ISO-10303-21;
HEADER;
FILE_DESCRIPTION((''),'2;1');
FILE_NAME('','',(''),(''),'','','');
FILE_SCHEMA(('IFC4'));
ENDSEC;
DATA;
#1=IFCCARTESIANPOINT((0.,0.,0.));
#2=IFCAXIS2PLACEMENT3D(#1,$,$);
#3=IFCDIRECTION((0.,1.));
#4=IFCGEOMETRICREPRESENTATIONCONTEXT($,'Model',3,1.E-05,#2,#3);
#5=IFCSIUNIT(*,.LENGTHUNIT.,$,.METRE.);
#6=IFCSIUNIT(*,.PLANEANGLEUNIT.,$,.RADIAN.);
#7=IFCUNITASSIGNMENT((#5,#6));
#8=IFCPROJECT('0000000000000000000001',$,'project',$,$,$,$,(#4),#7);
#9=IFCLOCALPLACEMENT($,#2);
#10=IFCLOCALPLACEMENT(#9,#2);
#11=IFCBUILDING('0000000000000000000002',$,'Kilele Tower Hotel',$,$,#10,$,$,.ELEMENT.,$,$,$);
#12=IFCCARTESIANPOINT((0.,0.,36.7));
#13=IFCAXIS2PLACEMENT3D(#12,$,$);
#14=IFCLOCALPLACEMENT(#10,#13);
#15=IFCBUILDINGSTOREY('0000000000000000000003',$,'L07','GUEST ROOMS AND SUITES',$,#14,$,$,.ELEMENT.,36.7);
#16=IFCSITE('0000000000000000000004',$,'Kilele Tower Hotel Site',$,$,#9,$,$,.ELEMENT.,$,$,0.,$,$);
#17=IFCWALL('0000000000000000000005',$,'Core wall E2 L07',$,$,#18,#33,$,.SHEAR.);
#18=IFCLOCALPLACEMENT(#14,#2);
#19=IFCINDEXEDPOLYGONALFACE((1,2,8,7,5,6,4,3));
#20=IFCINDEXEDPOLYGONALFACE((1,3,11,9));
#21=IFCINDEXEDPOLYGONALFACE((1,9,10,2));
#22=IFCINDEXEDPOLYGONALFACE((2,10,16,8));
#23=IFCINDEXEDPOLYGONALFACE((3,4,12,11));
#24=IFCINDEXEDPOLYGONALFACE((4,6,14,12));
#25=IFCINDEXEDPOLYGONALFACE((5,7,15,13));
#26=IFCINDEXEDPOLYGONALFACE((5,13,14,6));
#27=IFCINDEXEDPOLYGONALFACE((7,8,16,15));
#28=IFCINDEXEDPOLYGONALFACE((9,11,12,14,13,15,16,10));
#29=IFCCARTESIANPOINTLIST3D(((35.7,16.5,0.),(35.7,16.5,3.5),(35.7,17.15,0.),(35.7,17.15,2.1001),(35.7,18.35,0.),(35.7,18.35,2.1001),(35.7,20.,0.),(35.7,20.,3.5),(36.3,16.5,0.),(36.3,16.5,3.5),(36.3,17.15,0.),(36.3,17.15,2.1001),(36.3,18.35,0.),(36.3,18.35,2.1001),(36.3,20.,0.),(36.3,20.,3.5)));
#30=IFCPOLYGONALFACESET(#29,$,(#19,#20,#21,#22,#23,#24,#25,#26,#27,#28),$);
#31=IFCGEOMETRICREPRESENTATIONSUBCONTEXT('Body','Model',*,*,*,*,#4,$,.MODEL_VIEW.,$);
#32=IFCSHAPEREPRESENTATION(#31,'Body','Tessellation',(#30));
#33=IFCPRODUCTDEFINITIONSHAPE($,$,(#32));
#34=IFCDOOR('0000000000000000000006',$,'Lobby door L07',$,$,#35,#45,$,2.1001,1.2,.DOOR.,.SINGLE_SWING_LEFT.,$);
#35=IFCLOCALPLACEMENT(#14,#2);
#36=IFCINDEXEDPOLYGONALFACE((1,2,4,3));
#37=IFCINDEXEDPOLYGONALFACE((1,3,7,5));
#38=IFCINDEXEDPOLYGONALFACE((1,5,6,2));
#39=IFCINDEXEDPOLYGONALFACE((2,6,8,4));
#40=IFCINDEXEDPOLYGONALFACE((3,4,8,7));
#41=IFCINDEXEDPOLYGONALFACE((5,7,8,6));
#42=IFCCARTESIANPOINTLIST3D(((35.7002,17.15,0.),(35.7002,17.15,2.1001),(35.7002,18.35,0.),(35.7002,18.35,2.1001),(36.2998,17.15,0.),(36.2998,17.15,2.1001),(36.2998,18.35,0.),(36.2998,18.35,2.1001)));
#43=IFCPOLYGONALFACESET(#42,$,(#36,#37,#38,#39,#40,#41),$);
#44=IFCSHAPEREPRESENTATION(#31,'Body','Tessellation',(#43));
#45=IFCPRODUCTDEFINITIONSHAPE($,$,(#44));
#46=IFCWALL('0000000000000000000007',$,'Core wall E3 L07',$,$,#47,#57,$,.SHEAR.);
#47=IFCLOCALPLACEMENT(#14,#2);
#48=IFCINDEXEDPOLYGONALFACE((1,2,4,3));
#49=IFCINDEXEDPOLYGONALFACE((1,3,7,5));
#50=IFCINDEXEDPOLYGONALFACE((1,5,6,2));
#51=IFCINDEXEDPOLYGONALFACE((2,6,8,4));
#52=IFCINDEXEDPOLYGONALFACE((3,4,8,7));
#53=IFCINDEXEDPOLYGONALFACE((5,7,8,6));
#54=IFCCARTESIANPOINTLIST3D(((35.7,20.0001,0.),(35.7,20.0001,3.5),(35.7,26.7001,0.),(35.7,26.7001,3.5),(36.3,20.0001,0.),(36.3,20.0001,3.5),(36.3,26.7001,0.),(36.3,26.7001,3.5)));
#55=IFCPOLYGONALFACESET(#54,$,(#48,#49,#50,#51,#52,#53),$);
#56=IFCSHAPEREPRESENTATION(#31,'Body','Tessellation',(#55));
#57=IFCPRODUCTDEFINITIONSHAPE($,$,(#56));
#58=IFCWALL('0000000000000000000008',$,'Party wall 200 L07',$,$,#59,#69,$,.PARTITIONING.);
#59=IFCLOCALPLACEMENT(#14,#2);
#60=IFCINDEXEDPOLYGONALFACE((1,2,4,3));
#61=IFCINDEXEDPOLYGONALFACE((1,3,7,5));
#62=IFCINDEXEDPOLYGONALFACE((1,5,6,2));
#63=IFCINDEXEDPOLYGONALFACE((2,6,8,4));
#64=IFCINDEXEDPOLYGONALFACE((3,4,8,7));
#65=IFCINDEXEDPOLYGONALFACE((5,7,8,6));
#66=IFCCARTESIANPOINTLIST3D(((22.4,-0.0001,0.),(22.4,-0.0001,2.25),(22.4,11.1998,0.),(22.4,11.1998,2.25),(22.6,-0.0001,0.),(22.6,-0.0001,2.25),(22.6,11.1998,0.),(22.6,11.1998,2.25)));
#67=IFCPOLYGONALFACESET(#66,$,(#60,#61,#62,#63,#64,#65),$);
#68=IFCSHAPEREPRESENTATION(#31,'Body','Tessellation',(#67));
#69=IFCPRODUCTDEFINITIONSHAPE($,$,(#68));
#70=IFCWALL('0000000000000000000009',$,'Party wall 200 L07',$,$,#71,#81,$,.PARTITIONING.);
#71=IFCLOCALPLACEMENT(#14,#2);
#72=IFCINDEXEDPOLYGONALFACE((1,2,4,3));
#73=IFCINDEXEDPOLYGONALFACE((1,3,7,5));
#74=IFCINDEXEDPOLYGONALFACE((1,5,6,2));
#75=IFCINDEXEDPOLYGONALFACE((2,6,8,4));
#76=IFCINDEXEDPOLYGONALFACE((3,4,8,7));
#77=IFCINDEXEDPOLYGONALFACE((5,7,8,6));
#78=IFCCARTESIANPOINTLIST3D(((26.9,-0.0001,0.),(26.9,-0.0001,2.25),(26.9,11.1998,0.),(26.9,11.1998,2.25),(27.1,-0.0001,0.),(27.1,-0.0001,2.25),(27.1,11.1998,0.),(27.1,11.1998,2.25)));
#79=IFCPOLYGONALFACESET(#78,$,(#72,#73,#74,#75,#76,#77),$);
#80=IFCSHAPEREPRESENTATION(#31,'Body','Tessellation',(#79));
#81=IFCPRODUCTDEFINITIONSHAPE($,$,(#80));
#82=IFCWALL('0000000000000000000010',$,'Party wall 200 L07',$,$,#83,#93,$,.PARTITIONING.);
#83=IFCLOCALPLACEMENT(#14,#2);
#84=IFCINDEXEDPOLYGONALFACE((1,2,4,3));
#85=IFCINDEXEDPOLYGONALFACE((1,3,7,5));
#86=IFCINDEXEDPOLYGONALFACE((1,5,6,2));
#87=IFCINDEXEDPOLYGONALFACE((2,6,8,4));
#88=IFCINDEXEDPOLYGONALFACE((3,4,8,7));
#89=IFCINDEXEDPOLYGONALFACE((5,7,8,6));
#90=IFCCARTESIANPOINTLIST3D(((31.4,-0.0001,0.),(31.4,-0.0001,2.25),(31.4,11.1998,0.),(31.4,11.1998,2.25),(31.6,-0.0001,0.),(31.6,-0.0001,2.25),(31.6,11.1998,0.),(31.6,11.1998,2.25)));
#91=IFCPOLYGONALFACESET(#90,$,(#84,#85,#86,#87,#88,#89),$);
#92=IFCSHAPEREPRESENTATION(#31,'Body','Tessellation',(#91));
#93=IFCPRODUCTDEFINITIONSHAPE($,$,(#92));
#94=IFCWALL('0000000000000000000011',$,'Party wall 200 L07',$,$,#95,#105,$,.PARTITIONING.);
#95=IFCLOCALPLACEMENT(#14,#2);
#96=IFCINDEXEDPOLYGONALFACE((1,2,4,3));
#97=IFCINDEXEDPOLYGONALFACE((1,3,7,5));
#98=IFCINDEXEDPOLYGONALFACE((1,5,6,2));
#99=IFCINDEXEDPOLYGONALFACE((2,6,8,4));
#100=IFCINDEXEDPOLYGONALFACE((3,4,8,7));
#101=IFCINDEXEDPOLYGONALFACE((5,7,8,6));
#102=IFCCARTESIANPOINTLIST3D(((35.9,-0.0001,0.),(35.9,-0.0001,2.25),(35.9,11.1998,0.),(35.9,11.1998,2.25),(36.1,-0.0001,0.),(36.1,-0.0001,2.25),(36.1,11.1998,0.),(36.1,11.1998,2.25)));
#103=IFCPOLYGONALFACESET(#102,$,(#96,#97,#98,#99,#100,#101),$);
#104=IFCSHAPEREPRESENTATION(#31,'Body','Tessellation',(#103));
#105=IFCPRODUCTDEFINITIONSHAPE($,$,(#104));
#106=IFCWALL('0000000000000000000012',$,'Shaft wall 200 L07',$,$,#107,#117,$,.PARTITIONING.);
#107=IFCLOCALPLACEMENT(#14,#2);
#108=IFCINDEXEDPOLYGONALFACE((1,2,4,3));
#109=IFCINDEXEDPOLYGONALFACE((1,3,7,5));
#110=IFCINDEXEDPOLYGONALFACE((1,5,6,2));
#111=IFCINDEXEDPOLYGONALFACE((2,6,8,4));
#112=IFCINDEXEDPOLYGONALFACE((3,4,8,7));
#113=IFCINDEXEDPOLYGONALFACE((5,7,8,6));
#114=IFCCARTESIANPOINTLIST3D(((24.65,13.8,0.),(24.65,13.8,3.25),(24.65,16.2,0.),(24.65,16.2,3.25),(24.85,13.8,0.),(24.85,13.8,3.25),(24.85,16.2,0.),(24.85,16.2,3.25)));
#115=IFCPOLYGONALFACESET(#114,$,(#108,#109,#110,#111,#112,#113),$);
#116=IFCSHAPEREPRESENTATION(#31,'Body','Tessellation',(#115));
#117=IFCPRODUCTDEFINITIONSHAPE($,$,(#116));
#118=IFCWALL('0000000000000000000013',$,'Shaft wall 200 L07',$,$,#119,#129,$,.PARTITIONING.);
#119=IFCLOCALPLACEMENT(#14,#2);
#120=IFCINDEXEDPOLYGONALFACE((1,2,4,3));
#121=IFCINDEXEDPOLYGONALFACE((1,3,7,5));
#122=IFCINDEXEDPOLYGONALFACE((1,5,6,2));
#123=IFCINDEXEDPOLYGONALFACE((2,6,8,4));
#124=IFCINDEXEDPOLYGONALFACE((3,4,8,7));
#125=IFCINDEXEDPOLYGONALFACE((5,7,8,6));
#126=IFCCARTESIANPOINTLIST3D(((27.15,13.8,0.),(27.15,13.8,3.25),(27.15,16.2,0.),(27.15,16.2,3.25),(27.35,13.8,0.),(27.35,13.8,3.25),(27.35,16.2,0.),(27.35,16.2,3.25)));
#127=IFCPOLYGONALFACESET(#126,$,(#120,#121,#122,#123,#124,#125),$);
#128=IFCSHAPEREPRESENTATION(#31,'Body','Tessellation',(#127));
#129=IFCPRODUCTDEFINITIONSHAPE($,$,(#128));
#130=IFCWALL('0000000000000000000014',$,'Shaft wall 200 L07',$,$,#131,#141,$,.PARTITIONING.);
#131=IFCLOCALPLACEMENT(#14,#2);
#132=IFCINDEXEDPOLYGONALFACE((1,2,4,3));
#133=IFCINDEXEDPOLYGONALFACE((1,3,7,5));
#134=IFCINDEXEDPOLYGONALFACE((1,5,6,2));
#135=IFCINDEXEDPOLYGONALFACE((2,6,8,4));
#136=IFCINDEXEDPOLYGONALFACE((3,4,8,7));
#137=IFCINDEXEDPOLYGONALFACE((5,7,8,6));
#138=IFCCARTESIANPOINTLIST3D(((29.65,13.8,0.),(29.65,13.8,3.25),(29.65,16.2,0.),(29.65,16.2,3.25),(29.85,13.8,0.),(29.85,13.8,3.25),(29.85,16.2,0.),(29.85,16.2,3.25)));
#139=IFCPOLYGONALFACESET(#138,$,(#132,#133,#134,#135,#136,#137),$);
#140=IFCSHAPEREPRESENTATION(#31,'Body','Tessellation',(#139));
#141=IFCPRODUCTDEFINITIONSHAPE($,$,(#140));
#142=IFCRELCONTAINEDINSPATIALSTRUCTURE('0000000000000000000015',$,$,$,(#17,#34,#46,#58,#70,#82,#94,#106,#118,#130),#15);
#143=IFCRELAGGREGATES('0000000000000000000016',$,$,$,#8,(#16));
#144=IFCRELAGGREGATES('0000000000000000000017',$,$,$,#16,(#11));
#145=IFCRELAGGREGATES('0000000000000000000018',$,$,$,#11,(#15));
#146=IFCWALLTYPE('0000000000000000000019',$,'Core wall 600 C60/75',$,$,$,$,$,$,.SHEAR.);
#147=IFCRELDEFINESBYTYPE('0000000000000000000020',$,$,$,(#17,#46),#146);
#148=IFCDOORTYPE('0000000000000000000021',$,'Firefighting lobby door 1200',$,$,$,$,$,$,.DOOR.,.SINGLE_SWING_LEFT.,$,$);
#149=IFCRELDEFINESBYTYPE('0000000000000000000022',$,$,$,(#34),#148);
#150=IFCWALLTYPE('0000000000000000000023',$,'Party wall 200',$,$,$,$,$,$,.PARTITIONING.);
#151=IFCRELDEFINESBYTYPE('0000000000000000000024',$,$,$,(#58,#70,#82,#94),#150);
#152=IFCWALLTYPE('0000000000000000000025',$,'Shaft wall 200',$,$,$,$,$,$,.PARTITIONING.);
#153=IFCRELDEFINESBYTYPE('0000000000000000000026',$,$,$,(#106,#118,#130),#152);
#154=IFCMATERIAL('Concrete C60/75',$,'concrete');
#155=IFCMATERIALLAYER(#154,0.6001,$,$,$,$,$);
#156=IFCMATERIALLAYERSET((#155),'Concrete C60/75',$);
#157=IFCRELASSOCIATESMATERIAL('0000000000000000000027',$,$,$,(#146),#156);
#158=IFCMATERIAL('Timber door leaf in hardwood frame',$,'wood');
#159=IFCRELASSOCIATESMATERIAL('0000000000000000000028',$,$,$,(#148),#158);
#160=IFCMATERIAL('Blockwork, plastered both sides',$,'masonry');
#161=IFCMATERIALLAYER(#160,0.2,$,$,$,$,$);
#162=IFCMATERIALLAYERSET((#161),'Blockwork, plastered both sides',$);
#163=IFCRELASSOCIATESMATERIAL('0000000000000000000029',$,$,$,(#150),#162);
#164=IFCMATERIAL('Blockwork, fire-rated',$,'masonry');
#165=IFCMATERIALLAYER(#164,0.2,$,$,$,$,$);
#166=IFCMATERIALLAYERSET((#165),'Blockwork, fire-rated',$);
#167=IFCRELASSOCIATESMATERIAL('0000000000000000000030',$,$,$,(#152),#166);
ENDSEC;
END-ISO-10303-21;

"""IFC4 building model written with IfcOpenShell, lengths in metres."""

from ifc_helpers import new_model, si_unit, direction, frame, frame_2d, origin, place, context, subcontext, project, spatial, rectangle, extrude, material, layer, layer_set, type_object, element, fill, save


model = new_model("IFC4")

# Units and contexts
model_context = context("Model", 3, precision=1e-05, world=origin(), true_north=direction((0.0, 1.0)))
body_context = subcontext(model_context, "Body", "Model", "MODEL_VIEW")
ifc_project = project(units=[si_unit("LENGTHUNIT", "METRE"), si_unit("PLANEANGLEUNIT", "RADIAN")], contexts=[model_context])

# Site, building, storey
site_placement = place(None, origin())
site = spatial("IfcSite", under=ifc_project, at=site_placement, Name="Kilele Tower Hotel Site", CompositionType="ELEMENT", RefElevation=0.0)
building_placement = place(site_placement, origin())
building = spatial("IfcBuilding", under=site, at=building_placement, Name="Kilele Tower Hotel", CompositionType="ELEMENT")
storey_placement = place(building_placement, frame((0.0, 0.0, 36.7)))
storey = spatial("IfcBuildingStorey", under=building, at=storey_placement, Name="L07", Description="GUEST ROOMS AND SUITES", CompositionType="ELEMENT", Elevation=36.7)

# Shared definitions
ifc_material_1 = material(Name="Concrete C60/75", Category="concrete")
ifc_layer_1 = layer(ifc_material_1, 0.6001)
ifc_layer_set_1 = layer_set([ifc_layer_1], Name="Concrete C60/75")
wall_type_1 = type_object("IfcWallType", Name="Core wall 600 C60/75", PredefinedType="SHEAR", material=ifc_layer_set_1)
ifc_material_2 = material(Name="Timber door leaf in hardwood frame", Category="wood")
door_type_1 = type_object("IfcDoorType", Name="Firefighting lobby door 1200", OperationType="SINGLE_SWING_LEFT", PredefinedType="DOOR", material=ifc_material_2)

# Wall, opening, door
wall_1_placement = place(storey_placement, frame((36.0, 16.5, 0.0), z_axis=(0.0, 0.0, 1.0), x_axis=(0.0, 1.0, 0.0)))
wall_1 = element("IfcWall", 1, at=wall_1_placement, inside=storey, type_object=wall_type_1, Name="Core wall E2 L07", PredefinedType="SHEAR", context=body_context, shape_type="SweptSolid", body=[
    extrude(rectangle(XDim=3.5, YDim=0.6001, at=frame_2d((1.75, 0.0))), origin(), (0.0, 0.0, 1.0), 3.5),
])
opening_1_placement = place(wall_1_placement, frame((0.6499, 0.0, 0.0)))
opening_1 = element("IfcOpeningElement", 2, at=opening_1_placement, cuts=wall_1, PredefinedType="OPENING", context=body_context, shape_type="SweptSolid", body=[
    extrude(rectangle(XDim=1.2, YDim=2.1001, at=frame_2d((0.6001, 1.05))), frame((0.0, 0.3101, 0.0), z_axis=(0.0, -1.0, 0.0), x_axis=(1.0, 0.0, 0.0)), (0.0, 0.0, 1.0), 0.6201),
])
door_1_placement = place(opening_1_placement, origin())
door_1 = element("IfcDoor", 3, at=door_1_placement, inside=storey, type_object=door_type_1, Name="Lobby door L07", OperationType="SINGLE_SWING_LEFT", OverallHeight=2.1001, OverallWidth=1.2, PredefinedType="DOOR", context=body_context, shape_type="SweptSolid", body=[
    extrude(rectangle(XDim=1.2, YDim=2.1001, at=frame_2d((0.6001, 1.05))), frame((0.0, 0.2998, 0.0), z_axis=(0.0, -1.0, 0.0), x_axis=(1.0, 0.0, 0.0)), (0.0, 0.0, 1.0), 0.5996),
])
fill(opening_1, door_1)

# Walls
wall_2_placement = place(storey_placement, frame((36.0, 20.0, 0.0), z_axis=(0.0, 0.0, 1.0), x_axis=(0.0, 1.0, 0.0)))
element("IfcWall", 4, at=wall_2_placement, inside=storey, type_object=wall_type_1, Name="Core wall E3 L07", PredefinedType="SHEAR", context=body_context, shape_type="SweptSolid", body=[
    extrude(rectangle(XDim=6.7, YDim=0.6001, at=frame_2d((3.3501, 0.0))), origin(), (0.0, 0.0, 1.0), 3.5),
])
ifc_material_3 = material(Name="Blockwork, plastered both sides", Category="masonry")
ifc_layer_2 = layer(ifc_material_3, 0.2)
ifc_layer_set_2 = layer_set([ifc_layer_2], Name="Blockwork, plastered both sides")
wall_type_2 = type_object("IfcWallType", Name="Party wall 200", PredefinedType="PARTITIONING", material=ifc_layer_set_2)
for number, where, z_axis, x_axis, name in (
    (5, (22.5, 11.2, 0.0), (0.0, 0.0, 1.0), (0.0, -1.0, 0.0), "Party wall 200 L07"),
    (6, (27.0, 11.2, 0.0), (0.0, 0.0, 1.0), (0.0, -1.0, 0.0), "Party wall 200 L07"),
    (7, (31.5, 11.2, 0.0), (0.0, 0.0, 1.0), (0.0, -1.0, 0.0), "Party wall 200 L07"),
    (8, (36.0, 11.2, 0.0), (0.0, 0.0, 1.0), (0.0, -1.0, 0.0), "Party wall 200 L07"),
):
    element("IfcWall", number, at=place(storey_placement, frame(where, z_axis=z_axis, x_axis=x_axis)), inside=storey, type_object=wall_type_2, Name=name, PredefinedType="PARTITIONING", context=body_context, shape_type="SweptSolid", body=[
        extrude(rectangle(XDim=11.2, YDim=0.2, at=frame_2d((5.6001, 0.0))), origin(), (0.0, 0.0, 1.0), 2.25),
    ])
ifc_material_4 = material(Name="Blockwork, fire-rated", Category="masonry")
ifc_layer_3 = layer(ifc_material_4, 0.2)
ifc_layer_set_3 = layer_set([ifc_layer_3], Name="Blockwork, fire-rated")
wall_type_3 = type_object("IfcWallType", Name="Shaft wall 200", PredefinedType="PARTITIONING", material=ifc_layer_set_3)
for number, where, z_axis, x_axis, name in (
    (9, (24.75, 13.8, 0.0), (0.0, 0.0, 1.0), (0.0, 1.0, 0.0), "Shaft wall 200 L07"),
    (10, (27.25, 13.8, 0.0), (0.0, 0.0, 1.0), (0.0, 1.0, 0.0), "Shaft wall 200 L07"),
    (11, (29.75, 13.8, 0.0), (0.0, 0.0, 1.0), (0.0, 1.0, 0.0), "Shaft wall 200 L07"),
):
    element("IfcWall", number, at=place(storey_placement, frame(where, z_axis=z_axis, x_axis=x_axis)), inside=storey, type_object=wall_type_3, Name=name, PredefinedType="PARTITIONING", context=body_context, shape_type="SweptSolid", body=[
        extrude(rectangle(XDim=2.3999, YDim=0.2, at=frame_2d((1.2, 0.0))), origin(), (0.0, 0.0, 1.0), 3.25),
    ])

save(model, "model.ifc")
